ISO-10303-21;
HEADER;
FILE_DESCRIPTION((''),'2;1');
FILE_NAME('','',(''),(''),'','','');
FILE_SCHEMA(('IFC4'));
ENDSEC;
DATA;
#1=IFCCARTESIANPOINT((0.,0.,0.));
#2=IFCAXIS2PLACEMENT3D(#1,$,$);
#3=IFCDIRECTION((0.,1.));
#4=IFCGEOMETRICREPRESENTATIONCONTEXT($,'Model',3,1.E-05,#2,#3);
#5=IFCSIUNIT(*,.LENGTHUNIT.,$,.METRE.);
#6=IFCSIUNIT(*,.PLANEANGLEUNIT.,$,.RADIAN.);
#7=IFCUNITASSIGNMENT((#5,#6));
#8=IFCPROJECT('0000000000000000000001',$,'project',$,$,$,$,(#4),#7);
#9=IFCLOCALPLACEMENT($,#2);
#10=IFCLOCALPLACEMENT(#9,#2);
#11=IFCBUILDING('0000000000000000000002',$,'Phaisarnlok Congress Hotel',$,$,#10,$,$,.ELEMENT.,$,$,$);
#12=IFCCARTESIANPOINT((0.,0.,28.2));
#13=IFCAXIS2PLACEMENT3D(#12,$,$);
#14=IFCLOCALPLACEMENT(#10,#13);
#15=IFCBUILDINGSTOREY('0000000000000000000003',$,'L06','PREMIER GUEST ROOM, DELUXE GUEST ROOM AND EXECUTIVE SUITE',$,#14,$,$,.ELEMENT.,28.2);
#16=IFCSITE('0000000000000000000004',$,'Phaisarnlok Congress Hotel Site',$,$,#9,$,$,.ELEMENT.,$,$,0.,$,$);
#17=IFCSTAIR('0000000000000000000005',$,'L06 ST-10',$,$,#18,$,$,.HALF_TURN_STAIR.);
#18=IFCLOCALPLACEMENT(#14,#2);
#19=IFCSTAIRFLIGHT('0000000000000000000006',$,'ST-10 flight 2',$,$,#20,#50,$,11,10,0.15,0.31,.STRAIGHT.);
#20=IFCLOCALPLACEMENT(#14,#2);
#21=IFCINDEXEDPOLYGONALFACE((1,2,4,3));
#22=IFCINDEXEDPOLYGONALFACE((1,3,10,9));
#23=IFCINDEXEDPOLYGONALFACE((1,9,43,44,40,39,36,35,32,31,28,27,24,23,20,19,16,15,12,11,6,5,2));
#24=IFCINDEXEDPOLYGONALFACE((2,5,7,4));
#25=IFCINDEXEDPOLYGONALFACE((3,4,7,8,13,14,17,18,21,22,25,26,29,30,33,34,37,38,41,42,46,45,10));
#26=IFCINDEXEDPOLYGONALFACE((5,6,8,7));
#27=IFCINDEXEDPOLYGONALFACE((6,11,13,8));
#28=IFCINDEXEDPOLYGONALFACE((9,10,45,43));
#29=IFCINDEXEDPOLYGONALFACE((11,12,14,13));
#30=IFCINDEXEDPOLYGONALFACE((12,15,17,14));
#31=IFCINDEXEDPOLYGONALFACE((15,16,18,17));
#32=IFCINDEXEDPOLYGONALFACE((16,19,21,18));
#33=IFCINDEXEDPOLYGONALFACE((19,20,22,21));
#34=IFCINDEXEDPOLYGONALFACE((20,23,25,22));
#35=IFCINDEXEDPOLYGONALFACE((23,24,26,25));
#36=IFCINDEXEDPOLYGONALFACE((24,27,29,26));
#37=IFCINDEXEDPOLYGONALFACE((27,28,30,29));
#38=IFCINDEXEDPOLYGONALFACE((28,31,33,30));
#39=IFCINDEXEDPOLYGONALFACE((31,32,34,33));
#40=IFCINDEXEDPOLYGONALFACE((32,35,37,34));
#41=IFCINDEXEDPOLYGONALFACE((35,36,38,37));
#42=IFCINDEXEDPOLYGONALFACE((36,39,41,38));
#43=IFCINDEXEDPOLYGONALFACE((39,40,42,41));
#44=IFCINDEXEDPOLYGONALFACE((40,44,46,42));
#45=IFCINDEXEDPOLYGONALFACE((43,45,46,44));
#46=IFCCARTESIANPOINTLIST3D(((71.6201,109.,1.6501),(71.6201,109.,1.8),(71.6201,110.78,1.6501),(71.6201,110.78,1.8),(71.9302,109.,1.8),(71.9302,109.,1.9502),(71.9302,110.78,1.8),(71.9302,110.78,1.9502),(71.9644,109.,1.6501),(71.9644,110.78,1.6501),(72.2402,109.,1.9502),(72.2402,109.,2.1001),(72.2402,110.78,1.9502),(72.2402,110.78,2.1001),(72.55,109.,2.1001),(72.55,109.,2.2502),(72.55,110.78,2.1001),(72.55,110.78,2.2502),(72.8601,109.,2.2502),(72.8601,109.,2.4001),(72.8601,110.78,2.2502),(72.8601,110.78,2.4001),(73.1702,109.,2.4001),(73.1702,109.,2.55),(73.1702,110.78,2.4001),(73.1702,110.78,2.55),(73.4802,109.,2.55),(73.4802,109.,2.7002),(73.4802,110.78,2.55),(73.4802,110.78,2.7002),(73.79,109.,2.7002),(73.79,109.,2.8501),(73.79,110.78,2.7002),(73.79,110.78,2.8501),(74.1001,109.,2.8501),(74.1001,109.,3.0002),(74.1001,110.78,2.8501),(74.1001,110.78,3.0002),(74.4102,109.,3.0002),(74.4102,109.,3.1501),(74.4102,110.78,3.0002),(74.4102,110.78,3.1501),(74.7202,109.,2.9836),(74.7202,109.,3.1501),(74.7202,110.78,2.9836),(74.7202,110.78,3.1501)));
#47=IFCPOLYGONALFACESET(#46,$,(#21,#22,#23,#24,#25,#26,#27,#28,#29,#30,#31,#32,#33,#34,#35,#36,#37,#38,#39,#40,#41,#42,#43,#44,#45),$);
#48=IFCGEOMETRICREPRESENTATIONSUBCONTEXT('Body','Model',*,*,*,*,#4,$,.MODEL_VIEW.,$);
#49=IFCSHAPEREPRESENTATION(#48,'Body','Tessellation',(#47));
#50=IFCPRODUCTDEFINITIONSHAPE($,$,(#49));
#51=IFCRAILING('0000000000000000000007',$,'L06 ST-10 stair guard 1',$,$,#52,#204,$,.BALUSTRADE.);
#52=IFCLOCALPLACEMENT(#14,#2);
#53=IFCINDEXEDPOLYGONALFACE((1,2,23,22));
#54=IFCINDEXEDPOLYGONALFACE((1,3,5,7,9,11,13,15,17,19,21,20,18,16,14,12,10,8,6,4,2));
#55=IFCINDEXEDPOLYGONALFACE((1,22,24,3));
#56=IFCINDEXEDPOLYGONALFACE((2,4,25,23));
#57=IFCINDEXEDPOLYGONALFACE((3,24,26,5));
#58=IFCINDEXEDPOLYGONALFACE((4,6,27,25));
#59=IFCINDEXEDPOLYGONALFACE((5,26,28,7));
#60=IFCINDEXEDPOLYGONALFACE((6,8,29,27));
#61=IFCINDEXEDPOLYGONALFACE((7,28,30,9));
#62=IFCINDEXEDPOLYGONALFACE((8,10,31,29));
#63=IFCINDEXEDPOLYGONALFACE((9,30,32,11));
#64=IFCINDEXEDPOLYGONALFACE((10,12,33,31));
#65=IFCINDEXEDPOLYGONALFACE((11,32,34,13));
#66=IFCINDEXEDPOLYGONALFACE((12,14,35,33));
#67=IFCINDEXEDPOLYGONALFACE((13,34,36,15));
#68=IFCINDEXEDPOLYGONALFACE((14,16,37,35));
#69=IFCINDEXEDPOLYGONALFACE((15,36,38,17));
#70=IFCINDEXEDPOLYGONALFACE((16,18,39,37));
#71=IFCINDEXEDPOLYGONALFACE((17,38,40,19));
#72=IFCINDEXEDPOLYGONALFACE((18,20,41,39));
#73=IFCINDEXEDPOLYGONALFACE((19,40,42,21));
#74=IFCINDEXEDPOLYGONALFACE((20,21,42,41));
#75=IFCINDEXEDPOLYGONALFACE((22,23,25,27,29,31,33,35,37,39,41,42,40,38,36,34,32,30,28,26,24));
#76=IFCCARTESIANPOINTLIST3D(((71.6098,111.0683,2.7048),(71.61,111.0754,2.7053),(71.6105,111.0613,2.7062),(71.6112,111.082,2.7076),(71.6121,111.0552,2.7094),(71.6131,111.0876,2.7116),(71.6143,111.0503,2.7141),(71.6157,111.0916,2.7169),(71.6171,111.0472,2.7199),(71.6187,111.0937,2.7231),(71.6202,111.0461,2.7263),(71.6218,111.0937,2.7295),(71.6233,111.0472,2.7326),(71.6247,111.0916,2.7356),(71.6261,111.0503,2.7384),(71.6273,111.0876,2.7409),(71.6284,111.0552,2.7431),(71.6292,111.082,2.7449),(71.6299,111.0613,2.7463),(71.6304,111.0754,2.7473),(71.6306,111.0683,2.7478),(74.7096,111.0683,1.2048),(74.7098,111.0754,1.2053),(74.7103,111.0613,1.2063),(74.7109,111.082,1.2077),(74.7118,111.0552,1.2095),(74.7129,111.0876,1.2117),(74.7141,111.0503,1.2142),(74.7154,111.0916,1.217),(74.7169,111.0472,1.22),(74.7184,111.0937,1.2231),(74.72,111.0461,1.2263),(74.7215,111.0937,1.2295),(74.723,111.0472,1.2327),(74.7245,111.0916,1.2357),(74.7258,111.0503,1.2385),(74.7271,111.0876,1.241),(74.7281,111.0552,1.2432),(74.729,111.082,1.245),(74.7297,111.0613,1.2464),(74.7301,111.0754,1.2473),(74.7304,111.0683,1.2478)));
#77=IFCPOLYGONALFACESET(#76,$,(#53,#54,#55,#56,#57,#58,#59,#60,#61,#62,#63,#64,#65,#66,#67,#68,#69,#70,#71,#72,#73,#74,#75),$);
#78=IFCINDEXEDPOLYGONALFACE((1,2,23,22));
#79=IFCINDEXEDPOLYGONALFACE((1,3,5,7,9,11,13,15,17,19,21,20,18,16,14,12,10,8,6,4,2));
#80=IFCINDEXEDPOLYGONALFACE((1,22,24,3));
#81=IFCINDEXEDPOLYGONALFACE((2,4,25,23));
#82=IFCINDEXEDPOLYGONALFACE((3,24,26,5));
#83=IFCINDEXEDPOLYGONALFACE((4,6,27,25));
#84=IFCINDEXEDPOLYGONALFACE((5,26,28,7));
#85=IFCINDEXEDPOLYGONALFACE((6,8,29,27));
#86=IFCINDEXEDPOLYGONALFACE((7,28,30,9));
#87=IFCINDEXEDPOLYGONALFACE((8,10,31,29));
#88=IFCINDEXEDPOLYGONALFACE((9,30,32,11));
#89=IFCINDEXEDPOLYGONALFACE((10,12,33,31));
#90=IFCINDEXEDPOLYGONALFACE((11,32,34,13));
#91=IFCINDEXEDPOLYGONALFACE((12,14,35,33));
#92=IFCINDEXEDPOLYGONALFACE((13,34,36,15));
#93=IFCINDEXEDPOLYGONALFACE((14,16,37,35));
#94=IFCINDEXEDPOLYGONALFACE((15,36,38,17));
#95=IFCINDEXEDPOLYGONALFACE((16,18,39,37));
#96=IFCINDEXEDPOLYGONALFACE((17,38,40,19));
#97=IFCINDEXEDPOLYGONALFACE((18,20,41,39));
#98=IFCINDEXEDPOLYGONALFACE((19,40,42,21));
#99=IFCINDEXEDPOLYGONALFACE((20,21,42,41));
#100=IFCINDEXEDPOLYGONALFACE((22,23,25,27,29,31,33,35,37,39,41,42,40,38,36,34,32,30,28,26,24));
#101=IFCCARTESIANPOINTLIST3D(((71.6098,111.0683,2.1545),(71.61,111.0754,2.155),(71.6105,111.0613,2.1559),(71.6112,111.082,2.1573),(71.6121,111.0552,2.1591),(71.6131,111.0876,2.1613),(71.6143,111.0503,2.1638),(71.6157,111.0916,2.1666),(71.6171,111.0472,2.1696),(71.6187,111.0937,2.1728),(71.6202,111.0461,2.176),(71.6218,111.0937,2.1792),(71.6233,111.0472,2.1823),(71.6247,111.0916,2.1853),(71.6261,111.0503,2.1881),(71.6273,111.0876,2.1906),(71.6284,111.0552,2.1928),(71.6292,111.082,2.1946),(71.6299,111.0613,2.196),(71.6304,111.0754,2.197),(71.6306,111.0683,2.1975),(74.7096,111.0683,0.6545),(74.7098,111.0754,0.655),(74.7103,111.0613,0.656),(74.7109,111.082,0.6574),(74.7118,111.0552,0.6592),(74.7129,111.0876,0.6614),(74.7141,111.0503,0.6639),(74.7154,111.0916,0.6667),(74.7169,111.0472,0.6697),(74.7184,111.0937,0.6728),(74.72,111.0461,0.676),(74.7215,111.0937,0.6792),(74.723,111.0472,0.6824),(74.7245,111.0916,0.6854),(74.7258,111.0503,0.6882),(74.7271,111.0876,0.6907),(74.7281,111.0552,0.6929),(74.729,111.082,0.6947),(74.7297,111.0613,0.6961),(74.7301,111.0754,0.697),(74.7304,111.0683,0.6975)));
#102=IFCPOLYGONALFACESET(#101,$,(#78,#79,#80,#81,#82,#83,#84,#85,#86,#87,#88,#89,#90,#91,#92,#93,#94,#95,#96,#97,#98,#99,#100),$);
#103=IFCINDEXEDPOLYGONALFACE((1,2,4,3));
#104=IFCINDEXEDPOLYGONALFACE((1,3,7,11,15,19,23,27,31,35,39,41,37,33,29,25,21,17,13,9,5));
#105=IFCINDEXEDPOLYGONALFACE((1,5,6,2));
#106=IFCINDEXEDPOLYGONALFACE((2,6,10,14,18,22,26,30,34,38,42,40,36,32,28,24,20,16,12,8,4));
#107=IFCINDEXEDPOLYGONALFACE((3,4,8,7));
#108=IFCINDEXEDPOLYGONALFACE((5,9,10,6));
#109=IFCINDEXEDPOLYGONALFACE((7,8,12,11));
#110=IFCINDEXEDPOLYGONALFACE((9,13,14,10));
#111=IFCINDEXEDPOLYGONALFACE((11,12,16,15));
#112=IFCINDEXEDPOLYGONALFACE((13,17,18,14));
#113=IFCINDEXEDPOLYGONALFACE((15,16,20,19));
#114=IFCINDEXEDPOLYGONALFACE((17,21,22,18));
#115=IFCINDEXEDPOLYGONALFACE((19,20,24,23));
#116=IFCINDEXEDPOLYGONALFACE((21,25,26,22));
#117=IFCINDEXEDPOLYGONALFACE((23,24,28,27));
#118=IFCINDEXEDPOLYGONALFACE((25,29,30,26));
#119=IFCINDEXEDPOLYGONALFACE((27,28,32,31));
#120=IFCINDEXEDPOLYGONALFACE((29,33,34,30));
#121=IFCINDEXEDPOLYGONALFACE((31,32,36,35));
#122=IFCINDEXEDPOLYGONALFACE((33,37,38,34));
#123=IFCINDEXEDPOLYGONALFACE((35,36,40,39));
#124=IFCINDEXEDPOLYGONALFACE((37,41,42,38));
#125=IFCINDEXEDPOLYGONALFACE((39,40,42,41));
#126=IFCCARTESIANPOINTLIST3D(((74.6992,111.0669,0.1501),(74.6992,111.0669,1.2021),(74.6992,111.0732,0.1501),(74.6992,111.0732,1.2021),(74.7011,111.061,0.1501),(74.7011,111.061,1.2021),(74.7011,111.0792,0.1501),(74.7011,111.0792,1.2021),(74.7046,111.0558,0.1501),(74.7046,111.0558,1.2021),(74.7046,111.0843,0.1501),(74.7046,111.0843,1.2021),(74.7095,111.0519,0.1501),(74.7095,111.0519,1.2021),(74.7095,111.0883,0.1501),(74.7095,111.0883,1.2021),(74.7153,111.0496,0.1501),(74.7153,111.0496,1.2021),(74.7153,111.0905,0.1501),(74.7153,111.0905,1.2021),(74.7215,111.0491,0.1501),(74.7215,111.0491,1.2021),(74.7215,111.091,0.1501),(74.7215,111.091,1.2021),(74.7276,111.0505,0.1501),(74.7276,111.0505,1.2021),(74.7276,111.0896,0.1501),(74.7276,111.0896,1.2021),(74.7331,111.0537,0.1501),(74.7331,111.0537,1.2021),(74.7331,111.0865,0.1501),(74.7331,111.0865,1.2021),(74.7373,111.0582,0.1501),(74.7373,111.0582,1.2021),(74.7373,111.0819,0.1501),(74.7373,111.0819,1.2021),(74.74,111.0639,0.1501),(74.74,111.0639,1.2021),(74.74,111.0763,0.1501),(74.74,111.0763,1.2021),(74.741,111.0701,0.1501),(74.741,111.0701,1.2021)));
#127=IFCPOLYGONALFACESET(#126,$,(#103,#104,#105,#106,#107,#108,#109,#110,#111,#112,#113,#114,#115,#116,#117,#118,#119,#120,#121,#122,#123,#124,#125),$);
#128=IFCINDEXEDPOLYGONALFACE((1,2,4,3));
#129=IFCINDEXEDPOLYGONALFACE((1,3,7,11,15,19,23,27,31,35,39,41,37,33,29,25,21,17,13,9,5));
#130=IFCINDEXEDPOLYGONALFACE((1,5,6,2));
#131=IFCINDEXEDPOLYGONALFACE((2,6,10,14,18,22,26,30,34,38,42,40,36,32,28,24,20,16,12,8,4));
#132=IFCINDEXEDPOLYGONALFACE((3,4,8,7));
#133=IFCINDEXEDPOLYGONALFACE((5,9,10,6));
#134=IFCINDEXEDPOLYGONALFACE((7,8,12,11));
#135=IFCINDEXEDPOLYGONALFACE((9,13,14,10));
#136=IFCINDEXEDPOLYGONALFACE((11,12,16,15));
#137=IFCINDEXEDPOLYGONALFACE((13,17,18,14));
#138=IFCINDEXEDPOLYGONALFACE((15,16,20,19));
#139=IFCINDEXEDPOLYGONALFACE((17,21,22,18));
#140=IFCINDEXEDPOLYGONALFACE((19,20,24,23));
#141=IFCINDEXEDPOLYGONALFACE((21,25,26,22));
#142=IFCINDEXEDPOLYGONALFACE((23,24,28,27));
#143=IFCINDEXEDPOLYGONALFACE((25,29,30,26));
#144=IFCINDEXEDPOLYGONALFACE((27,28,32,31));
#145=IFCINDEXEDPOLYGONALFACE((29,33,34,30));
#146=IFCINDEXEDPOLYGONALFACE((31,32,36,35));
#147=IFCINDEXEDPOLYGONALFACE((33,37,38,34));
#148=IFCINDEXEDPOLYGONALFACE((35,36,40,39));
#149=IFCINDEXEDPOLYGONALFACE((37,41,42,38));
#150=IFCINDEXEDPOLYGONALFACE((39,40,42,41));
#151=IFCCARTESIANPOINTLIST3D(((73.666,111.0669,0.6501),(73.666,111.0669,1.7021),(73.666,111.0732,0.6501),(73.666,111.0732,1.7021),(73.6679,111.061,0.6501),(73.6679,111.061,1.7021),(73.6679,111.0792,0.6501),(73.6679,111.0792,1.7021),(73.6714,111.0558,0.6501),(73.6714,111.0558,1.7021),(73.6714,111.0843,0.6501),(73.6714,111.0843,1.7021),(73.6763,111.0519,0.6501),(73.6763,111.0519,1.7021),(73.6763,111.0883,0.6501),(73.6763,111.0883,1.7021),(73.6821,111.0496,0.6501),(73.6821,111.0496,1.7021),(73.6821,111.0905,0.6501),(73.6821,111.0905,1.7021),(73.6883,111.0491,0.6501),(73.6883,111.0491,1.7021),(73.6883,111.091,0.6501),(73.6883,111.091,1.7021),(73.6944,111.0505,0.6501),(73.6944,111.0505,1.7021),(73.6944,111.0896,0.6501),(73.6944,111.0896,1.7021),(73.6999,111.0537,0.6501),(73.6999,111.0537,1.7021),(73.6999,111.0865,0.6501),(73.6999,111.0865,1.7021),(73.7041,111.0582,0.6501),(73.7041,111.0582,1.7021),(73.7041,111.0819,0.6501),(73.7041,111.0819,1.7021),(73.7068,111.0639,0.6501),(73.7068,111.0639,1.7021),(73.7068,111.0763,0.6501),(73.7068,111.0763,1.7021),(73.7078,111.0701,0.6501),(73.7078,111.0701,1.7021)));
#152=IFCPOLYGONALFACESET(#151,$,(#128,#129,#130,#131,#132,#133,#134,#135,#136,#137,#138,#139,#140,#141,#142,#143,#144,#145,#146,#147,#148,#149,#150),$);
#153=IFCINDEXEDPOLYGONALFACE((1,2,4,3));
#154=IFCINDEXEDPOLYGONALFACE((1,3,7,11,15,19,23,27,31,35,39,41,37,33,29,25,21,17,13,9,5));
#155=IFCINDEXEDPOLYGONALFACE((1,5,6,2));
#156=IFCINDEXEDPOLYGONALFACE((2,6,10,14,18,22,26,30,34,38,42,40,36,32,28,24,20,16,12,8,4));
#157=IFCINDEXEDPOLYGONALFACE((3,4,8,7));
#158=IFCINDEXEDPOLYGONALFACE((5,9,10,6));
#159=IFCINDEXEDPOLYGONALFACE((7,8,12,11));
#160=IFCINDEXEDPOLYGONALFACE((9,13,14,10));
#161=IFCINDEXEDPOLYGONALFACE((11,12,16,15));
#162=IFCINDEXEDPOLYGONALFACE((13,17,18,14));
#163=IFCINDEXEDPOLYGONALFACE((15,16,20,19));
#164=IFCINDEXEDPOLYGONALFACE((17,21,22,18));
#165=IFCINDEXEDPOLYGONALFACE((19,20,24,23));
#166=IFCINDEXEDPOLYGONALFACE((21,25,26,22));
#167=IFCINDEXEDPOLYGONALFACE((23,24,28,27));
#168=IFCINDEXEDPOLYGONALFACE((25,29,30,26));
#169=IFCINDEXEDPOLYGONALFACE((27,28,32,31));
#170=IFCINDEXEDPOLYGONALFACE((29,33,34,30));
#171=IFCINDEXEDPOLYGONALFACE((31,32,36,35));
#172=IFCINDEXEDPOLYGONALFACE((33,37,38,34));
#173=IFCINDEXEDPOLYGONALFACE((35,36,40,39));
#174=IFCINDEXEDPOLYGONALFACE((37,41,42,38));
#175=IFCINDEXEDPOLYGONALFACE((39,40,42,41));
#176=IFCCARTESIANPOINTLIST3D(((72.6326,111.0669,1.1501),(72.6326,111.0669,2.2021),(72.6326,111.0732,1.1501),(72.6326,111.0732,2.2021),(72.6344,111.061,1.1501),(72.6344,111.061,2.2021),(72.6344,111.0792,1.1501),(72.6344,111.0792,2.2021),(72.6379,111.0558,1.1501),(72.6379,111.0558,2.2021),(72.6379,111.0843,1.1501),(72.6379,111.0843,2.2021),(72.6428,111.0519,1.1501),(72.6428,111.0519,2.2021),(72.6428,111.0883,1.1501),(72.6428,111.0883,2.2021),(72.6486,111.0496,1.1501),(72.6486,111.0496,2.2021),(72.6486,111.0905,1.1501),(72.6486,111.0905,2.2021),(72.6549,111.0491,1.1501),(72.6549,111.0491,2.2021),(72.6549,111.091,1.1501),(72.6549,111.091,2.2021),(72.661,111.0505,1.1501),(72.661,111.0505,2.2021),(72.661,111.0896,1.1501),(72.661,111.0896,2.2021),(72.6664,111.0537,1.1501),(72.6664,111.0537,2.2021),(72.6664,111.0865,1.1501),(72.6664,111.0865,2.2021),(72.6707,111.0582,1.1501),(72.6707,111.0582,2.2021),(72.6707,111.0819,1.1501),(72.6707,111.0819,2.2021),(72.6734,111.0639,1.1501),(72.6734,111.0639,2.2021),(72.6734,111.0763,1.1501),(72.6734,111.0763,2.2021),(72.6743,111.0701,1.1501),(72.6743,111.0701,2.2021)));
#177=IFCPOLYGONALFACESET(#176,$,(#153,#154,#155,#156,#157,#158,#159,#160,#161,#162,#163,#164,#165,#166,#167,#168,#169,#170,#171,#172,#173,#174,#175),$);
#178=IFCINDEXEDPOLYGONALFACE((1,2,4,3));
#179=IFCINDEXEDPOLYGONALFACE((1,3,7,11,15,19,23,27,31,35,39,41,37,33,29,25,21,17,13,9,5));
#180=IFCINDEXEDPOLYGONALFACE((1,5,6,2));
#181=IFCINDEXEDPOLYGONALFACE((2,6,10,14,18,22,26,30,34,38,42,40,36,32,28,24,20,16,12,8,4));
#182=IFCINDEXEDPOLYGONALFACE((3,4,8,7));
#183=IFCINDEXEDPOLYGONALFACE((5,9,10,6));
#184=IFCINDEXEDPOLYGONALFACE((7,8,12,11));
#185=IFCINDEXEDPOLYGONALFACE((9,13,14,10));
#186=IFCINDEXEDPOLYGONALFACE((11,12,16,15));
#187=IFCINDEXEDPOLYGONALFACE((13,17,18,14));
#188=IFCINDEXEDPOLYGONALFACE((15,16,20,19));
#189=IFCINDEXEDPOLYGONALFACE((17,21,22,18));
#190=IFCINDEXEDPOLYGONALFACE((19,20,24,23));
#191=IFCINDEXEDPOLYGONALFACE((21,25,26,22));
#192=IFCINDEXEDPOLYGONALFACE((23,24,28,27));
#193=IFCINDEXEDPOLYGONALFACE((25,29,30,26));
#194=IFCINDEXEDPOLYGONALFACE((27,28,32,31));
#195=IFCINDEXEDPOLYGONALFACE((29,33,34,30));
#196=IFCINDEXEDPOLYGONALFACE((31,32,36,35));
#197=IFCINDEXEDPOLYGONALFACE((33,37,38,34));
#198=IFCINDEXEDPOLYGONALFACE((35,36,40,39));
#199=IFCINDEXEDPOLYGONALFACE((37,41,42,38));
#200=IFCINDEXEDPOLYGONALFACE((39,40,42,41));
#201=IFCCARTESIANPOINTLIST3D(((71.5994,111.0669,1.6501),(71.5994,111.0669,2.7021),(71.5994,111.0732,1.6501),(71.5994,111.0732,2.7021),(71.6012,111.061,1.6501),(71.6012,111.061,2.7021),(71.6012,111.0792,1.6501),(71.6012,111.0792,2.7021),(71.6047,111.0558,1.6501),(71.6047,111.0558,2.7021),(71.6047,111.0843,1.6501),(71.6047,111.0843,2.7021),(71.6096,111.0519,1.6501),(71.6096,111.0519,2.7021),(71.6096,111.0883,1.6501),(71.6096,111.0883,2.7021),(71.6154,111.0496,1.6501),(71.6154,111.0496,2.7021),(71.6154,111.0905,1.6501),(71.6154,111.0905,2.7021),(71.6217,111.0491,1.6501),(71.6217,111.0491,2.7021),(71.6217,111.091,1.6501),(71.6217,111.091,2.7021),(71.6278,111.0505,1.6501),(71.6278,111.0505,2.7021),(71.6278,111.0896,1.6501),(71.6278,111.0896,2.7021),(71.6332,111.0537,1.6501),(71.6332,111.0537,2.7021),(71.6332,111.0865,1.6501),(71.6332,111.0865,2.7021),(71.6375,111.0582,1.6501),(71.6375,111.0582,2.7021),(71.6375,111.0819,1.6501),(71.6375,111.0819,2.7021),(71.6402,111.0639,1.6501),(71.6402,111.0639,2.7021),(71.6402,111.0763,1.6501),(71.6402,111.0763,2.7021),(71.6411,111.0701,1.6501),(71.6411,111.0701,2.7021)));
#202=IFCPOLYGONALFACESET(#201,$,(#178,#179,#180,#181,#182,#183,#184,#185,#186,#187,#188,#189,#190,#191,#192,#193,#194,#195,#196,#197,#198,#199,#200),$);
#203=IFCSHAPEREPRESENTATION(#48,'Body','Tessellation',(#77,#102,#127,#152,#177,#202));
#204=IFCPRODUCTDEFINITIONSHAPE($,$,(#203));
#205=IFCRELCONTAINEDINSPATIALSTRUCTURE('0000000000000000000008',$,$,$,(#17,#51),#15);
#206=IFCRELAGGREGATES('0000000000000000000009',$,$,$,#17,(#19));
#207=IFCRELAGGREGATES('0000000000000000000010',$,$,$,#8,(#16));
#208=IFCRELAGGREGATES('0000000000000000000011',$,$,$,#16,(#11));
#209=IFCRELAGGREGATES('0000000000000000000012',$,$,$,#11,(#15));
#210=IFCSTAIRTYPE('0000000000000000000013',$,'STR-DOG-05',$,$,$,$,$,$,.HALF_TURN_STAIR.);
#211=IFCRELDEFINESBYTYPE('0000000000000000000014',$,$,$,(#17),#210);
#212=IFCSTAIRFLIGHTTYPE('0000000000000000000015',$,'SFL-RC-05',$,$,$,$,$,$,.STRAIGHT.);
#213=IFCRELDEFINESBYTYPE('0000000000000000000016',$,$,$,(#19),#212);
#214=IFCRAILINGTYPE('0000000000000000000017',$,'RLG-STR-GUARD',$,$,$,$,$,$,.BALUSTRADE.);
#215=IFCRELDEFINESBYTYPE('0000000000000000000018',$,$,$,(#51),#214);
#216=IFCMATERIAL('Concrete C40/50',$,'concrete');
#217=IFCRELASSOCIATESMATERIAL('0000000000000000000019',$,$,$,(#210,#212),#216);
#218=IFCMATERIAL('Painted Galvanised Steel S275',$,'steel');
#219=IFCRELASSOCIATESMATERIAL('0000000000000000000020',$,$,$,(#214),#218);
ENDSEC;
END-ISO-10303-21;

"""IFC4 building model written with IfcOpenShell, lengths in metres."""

from ifc_helpers import new_model, si_unit, direction, frame, origin, origin_2d, place, context, subcontext, project, spatial, polyline, circle, outline, extrude, material, type_object, element, aggregate, save


model = new_model("IFC4")

# Units and contexts
model_context = context("Model", 3, precision=1e-05, world=origin(), true_north=direction((0.0, 1.0)))
body_context = subcontext(model_context, "Body", "Model", "MODEL_VIEW")
ifc_project = project(units=[si_unit("LENGTHUNIT", "METRE"), si_unit("PLANEANGLEUNIT", "RADIAN")], contexts=[model_context])

# Site, building, storey
site_placement = place(None, origin())
site = spatial("IfcSite", under=ifc_project, at=site_placement, Name="Phaisarnlok Congress Hotel Site", CompositionType="ELEMENT", RefElevation=0.0)
building_placement = place(site_placement, origin())
building = spatial("IfcBuilding", under=site, at=building_placement, Name="Phaisarnlok Congress Hotel", CompositionType="ELEMENT")
storey_placement = place(building_placement, frame((0.0, 0.0, 28.2)))
storey = spatial("IfcBuildingStorey", under=building, at=storey_placement, Name="L06", Description="PREMIER GUEST ROOM, DELUXE GUEST ROOM AND EXECUTIVE SUITE", CompositionType="ELEMENT", Elevation=28.2)

# Shared definitions
ifc_material_1 = material(Name="Concrete C40/50", Category="concrete")

# Stair, stair flight
stair_type = type_object("IfcStairType", Name="STR-DOG-05", PredefinedType="HALF_TURN_STAIR", material=ifc_material_1)
stair_placement = place(storey_placement, origin())
stair = element("IfcStair", 1, at=stair_placement, inside=storey, type_object=stair_type, Name="L06 ST-10", PredefinedType="HALF_TURN_STAIR")
stair_flight_type = type_object("IfcStairFlightType", Name="SFL-RC-05", PredefinedType="STRAIGHT", material=ifc_material_1)
stair_flight_1_placement = place(storey_placement, frame((71.6201, 109.8899, 1.6501), z_axis=(0.0, 0.0, 1.0), x_axis=(1.0, 0.0, 0.0)))
stair_flight_1 = element("IfcStairFlight", 2, at=stair_flight_1_placement, type_object=stair_flight_type, Name="ST-10 flight 2", NumberOfRisers=11, NumberOfTreads=10, PredefinedType="STRAIGHT", RiserHeight=0.15, TreadLength=0.31, context=body_context, shape_type="SweptSolid", body=[
    extrude(outline(polyline([(0.0, 0.0), (0.0, 0.1499), (0.3101, 0.1499), (0.3101, 0.3), (0.6201, 0.3), (0.6201, 0.45), (0.9299, 0.45), (0.9299, 0.6001), (1.24, 0.6001), (1.24, 0.75), (1.55, 0.75), (1.55, 0.8999), (1.8601, 0.8999), (1.8601, 1.05), (2.1699, 1.05), (2.1699, 1.2), (2.48, 1.2), (2.48, 1.3501), (2.79, 1.3501), (2.79, 1.5), (3.1001, 1.5), (3.1001, 1.6499), (3.1001, 1.3335), (0.3442, 0.0), (0.0, 0.0)])), frame((0.0, 0.8901, 0.0), z_axis=(0.0, -1.0, 0.0), x_axis=(1.0, 0.0, 0.0)), (0.0, 0.0, 1.0), 1.78),
])
aggregate(stair, [stair_flight_1])

# Railing
ifc_material_2 = material(Name="Painted Galvanised Steel S275", Category="steel")
railing_type_1 = type_object("IfcRailingType", Name="RLG-STR-GUARD", PredefinedType="BALUSTRADE", material=ifc_material_2)
railing_1_placement = place(storey_placement, frame((74.72, 111.0701, 0.1501)))
element("IfcRailing", 3, at=railing_1_placement, inside=storey, type_object=railing_type_1, Name="L06 ST-10 stair guard 1", PredefinedType="BALUSTRADE", context=body_context, shape_type="SweptSolid", body=[
    extrude(circle(Radius=0.0239, at=origin_2d()), frame((0.0, 0.0, 1.0762), z_axis=(-0.900151, 0.0, 0.435578), x_axis=(0.0, -1.0, 0.0)), (0.0, 0.0, 1.0), 3.4436),
    extrude(circle(Radius=0.0239, at=origin_2d()), frame((0.0, 0.0, 0.5259), z_axis=(-0.900151, 0.0, 0.435578), x_axis=(0.0, -1.0, 0.0)), (0.0, 0.0, 1.0), 3.4436),
    extrude(circle(Radius=0.021, at=origin_2d()), origin(), (0.0, 0.0, 1.0), 1.052),
    extrude(circle(Radius=0.021, at=origin_2d()), frame((-1.0332, 0.0, 0.5)), (0.0, 0.0, 1.0), 1.052),
    extrude(circle(Radius=0.021, at=origin_2d()), frame((-2.0667, 0.0, 1.0)), (0.0, 0.0, 1.0), 1.052),
    extrude(circle(Radius=0.021, at=origin_2d()), frame((-3.0999, 0.0, 1.5)), (0.0, 0.0, 1.0), 1.052),
])

save(model, "model.ifc")
